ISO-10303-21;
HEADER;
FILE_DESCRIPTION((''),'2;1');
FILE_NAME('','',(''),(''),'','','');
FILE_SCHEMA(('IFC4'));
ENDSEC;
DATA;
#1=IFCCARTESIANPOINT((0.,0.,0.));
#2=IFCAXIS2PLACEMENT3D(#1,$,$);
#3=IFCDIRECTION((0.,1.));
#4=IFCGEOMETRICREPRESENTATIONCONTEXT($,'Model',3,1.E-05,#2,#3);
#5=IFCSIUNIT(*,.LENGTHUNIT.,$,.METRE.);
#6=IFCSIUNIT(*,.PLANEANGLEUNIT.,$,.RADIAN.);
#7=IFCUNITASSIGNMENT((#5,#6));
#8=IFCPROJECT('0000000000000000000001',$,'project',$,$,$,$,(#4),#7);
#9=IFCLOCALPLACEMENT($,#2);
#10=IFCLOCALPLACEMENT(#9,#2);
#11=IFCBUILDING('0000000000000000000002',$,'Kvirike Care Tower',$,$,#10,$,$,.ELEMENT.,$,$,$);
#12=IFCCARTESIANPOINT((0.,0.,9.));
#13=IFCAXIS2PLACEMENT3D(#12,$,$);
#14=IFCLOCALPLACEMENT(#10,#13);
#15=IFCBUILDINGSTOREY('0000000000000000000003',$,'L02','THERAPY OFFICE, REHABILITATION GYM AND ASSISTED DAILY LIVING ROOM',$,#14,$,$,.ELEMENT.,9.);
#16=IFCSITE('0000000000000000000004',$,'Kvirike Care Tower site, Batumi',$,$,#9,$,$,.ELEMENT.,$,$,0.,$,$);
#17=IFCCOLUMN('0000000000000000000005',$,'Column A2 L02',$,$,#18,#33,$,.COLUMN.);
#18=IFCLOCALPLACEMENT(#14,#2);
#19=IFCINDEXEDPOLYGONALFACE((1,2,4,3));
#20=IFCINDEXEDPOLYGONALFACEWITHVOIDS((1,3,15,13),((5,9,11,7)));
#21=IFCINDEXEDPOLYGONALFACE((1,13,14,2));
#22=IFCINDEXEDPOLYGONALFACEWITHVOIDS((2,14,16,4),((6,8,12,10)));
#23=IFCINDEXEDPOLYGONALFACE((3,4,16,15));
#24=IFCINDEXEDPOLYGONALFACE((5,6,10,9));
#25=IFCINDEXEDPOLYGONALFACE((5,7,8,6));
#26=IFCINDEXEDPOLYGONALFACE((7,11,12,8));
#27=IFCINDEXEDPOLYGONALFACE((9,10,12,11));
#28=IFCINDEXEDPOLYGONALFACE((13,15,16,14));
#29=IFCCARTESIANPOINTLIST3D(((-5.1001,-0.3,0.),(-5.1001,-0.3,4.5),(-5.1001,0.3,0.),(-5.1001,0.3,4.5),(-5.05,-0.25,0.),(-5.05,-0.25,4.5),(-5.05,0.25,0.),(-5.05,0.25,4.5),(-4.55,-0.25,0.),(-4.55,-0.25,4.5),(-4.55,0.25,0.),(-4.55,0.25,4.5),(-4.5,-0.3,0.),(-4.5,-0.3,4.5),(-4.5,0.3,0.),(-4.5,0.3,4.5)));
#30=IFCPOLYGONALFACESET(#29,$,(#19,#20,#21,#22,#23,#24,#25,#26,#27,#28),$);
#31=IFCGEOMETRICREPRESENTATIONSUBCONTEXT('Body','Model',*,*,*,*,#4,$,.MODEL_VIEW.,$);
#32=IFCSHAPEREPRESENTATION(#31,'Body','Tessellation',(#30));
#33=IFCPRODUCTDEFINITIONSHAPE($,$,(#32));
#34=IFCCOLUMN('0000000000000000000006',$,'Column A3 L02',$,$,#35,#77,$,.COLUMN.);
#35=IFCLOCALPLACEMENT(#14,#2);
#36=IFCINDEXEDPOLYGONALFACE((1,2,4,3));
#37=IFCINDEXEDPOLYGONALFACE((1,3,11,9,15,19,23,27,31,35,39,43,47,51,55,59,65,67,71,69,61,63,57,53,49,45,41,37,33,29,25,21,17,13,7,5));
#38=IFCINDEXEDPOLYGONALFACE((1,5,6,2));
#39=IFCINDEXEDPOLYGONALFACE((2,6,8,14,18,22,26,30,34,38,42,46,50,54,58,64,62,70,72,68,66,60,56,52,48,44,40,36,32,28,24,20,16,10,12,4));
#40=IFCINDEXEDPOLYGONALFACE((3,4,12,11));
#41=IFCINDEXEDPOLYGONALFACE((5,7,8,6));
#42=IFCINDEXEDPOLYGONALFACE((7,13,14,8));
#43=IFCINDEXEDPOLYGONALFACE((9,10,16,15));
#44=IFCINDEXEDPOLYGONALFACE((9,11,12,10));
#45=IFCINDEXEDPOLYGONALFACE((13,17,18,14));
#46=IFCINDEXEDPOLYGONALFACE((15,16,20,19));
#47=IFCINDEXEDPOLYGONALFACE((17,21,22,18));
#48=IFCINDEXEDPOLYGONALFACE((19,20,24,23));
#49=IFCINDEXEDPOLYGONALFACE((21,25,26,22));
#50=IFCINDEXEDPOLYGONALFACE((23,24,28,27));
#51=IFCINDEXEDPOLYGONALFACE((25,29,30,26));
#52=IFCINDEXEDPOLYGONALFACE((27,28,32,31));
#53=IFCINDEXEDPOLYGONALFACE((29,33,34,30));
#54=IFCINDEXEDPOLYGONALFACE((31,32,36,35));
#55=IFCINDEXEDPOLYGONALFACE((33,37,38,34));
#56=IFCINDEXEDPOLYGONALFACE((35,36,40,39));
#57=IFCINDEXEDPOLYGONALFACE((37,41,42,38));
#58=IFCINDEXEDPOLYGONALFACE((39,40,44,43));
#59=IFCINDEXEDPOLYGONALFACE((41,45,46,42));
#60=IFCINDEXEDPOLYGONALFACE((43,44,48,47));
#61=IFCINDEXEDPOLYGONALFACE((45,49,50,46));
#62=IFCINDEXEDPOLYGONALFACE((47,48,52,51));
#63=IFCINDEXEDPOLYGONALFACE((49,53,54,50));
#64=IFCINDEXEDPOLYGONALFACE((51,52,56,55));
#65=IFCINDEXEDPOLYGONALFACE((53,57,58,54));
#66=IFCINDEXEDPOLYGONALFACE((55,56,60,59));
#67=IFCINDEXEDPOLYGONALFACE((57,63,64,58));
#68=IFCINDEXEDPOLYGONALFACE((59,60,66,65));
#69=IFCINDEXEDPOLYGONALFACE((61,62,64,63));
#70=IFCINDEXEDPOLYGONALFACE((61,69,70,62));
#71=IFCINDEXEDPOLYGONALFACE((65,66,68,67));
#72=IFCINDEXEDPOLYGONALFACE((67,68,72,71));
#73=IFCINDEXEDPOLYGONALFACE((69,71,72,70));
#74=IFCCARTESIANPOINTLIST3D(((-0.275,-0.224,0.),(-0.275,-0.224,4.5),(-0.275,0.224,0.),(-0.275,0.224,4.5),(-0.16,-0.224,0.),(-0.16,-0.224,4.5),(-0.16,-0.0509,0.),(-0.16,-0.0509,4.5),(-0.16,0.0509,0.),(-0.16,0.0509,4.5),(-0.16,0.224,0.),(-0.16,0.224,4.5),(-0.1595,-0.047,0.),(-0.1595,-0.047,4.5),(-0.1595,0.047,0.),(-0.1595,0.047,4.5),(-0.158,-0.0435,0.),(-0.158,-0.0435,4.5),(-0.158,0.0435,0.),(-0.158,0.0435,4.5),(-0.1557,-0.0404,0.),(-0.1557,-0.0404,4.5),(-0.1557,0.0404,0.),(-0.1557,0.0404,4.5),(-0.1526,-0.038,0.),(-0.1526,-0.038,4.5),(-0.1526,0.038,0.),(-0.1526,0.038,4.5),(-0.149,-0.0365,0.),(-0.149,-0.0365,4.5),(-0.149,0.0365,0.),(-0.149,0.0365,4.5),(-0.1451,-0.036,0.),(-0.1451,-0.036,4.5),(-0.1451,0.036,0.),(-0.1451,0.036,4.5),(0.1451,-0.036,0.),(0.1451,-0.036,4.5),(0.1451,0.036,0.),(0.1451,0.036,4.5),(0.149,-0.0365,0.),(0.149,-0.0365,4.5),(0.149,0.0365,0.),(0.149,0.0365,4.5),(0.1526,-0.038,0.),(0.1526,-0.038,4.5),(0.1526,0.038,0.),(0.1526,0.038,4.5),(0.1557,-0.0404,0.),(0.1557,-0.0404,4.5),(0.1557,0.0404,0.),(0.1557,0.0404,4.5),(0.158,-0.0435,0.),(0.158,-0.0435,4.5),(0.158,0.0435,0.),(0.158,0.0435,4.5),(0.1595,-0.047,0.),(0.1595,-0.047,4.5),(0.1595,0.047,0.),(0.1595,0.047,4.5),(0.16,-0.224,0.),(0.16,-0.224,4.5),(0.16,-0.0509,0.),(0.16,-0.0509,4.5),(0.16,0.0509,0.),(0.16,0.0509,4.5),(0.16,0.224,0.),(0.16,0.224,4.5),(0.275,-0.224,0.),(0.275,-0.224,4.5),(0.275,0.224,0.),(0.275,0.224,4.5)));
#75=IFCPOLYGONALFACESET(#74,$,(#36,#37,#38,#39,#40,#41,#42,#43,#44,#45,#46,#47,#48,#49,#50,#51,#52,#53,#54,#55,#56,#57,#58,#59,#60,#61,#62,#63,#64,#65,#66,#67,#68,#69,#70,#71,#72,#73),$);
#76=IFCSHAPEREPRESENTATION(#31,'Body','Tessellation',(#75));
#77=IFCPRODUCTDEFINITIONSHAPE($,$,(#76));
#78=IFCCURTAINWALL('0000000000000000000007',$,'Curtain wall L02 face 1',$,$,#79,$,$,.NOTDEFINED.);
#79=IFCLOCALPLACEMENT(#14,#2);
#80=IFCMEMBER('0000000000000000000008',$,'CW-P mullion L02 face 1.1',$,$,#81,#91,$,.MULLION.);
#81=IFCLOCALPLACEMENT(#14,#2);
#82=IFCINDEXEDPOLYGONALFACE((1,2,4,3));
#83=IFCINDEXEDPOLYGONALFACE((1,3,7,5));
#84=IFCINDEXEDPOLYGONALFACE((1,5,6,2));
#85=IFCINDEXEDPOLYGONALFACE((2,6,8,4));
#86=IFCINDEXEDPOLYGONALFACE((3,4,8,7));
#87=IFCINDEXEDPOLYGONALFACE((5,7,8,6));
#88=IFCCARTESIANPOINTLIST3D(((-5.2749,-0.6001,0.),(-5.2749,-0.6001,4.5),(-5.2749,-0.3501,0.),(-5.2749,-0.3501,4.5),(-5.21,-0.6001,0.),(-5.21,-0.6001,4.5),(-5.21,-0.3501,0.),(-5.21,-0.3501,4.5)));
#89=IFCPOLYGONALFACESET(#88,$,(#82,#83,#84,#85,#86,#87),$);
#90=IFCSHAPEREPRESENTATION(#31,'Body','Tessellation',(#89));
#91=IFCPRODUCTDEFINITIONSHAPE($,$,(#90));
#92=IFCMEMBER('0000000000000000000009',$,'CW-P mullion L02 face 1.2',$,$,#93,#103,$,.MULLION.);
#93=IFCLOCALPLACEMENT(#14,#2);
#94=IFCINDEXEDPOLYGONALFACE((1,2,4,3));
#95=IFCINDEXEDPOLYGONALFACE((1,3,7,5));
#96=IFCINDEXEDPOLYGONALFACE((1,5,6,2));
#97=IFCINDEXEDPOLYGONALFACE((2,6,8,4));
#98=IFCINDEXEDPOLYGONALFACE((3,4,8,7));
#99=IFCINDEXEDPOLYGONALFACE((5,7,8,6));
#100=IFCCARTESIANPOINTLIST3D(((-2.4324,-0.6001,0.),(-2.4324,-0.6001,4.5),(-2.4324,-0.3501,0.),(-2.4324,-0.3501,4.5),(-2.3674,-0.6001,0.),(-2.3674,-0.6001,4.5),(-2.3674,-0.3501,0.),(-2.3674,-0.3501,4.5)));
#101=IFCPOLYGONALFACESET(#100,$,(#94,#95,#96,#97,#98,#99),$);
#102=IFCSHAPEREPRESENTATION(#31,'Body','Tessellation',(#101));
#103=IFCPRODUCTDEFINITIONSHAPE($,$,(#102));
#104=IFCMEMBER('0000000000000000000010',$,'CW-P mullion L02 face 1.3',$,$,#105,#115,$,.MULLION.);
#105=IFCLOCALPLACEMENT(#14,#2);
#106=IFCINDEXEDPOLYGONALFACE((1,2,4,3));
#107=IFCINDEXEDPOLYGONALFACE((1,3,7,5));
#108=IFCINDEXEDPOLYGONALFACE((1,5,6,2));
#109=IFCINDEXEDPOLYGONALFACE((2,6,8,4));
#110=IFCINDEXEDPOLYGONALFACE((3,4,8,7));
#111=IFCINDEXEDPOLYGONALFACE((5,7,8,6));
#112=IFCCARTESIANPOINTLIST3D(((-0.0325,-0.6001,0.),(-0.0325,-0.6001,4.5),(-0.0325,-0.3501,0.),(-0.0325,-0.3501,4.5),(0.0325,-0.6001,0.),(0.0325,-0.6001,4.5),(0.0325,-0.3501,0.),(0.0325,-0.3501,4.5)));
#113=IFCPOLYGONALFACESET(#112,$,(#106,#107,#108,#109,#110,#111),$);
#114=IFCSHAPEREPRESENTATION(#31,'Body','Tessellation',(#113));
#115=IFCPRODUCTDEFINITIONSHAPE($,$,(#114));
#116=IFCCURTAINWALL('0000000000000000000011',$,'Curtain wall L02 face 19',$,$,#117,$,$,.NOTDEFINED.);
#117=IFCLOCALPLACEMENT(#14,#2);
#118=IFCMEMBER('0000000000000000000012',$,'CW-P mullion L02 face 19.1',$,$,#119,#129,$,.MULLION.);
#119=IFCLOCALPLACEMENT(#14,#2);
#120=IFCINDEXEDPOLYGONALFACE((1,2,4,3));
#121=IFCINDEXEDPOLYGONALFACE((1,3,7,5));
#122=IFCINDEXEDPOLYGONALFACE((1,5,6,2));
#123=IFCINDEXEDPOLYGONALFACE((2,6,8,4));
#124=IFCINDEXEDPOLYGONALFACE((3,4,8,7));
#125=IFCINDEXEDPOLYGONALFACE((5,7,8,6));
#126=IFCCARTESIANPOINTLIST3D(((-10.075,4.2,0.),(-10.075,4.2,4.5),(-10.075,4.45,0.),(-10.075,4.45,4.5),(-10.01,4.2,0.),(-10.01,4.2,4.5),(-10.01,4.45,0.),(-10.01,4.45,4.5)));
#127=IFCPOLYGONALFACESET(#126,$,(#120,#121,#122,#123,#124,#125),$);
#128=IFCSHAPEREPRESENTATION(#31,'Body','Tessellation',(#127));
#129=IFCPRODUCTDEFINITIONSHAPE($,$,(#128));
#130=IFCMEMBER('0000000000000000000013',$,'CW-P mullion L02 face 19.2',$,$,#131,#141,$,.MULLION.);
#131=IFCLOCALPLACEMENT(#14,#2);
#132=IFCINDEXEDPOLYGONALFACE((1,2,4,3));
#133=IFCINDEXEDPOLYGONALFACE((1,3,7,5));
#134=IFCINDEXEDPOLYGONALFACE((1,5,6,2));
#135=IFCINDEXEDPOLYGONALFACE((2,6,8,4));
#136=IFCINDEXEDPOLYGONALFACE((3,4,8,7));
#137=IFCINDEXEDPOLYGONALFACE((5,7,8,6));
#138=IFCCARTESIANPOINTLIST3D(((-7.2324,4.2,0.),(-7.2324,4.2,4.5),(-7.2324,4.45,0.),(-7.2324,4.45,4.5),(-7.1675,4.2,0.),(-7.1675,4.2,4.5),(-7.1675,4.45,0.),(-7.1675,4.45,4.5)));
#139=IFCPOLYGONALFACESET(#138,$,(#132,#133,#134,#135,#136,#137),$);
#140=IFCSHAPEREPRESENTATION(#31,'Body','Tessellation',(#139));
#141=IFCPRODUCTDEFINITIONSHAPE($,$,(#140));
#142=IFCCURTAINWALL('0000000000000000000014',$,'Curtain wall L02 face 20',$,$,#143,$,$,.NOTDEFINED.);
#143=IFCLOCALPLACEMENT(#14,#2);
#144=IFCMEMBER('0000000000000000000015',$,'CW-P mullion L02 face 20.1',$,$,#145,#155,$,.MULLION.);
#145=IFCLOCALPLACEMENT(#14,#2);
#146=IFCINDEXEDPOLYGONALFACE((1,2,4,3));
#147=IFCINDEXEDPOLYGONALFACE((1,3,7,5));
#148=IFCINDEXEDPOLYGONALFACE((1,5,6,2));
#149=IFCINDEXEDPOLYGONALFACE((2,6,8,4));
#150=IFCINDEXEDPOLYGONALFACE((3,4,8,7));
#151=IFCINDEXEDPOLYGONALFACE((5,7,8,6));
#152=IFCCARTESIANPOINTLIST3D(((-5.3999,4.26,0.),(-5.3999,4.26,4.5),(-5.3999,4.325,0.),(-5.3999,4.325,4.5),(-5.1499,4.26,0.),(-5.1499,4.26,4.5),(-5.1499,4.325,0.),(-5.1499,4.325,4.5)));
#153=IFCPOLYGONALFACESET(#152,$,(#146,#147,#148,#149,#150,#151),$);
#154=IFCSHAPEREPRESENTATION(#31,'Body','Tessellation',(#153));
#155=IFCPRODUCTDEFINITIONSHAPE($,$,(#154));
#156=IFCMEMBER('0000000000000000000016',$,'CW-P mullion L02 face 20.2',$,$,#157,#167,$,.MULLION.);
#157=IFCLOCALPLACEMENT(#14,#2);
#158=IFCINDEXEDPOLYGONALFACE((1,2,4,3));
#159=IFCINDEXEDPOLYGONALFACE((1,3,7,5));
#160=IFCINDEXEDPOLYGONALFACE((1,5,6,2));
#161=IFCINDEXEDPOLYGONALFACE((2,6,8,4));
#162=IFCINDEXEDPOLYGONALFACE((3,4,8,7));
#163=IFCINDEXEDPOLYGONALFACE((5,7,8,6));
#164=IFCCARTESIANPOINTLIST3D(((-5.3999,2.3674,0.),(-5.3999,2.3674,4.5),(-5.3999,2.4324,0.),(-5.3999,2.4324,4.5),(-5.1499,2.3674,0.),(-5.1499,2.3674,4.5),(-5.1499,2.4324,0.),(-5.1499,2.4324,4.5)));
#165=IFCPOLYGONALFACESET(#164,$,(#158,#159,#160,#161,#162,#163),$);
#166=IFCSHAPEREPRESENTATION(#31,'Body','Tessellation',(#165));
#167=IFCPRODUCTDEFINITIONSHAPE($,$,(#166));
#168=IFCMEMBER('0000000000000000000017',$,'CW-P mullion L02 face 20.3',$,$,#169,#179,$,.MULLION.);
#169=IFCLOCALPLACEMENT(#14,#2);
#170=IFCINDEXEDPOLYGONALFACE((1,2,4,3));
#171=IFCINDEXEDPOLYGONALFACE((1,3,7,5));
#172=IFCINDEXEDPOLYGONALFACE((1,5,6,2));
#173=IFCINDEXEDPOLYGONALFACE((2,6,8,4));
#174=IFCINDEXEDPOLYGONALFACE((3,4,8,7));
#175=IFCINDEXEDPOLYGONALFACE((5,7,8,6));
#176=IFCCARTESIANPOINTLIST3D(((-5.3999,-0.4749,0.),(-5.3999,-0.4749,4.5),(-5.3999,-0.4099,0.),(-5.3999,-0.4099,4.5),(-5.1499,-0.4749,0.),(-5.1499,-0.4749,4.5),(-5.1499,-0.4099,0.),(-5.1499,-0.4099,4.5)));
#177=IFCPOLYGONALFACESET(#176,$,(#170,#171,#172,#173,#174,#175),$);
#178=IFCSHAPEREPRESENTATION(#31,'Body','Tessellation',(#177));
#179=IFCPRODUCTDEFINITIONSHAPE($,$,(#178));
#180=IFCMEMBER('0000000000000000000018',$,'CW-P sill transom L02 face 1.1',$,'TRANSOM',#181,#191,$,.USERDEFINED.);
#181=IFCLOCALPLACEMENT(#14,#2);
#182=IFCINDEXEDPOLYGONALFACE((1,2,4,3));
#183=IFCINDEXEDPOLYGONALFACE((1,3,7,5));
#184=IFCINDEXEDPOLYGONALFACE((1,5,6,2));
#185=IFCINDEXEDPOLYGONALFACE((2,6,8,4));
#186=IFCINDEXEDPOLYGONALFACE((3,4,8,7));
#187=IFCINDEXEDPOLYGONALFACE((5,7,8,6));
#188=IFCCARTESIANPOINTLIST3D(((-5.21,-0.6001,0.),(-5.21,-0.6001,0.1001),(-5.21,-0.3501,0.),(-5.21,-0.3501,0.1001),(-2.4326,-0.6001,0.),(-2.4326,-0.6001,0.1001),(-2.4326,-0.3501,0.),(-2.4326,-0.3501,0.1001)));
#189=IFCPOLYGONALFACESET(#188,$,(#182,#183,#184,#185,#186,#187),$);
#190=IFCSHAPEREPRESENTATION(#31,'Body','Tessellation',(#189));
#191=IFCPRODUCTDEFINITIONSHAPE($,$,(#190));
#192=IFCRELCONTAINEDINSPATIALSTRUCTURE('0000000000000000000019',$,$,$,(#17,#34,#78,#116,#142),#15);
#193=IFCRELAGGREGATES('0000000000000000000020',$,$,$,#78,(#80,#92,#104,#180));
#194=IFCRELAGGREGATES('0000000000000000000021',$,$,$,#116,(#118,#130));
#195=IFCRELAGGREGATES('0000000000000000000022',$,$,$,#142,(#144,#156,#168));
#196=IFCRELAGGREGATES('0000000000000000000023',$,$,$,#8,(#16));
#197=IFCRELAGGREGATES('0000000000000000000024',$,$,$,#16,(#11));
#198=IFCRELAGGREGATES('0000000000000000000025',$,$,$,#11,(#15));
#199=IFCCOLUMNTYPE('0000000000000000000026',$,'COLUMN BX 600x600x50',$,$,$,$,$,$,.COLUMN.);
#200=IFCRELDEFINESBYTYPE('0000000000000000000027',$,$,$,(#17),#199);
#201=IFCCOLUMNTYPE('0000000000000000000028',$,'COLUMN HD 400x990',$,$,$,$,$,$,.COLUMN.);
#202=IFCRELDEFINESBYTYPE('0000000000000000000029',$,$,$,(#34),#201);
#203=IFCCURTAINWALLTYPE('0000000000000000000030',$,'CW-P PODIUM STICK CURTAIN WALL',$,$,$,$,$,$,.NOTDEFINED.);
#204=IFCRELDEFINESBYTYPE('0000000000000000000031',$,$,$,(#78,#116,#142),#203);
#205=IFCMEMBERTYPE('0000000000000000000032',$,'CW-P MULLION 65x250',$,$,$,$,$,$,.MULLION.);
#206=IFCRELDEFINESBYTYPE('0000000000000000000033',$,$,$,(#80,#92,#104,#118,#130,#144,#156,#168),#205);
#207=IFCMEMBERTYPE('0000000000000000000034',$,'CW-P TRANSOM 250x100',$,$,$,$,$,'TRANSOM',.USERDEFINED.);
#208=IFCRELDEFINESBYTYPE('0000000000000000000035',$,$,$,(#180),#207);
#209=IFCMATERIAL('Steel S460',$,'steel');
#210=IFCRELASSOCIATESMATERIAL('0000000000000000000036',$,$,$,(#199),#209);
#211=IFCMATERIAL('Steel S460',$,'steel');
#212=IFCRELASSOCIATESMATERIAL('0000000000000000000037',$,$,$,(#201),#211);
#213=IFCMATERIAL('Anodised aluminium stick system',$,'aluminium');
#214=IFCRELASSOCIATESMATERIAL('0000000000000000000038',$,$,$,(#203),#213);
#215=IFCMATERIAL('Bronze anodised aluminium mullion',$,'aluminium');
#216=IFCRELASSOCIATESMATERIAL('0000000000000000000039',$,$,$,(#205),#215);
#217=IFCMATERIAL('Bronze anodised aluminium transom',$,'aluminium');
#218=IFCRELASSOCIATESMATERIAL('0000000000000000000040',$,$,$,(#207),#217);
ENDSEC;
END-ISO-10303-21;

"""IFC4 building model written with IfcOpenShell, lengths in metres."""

from ifc_helpers import new_model, si_unit, direction, frame, origin, origin_2d, place, context, subcontext, project, spatial, rectangle, hollow_rectangle, i_section, extrude, material, material_profile, profile_set, type_object, element, aggregate, save


model = new_model("IFC4")

# Units and contexts
model_context = context("Model", 3, precision=1e-05, world=origin(), true_north=direction((0.0, 1.0)))
body_context = subcontext(model_context, "Body", "Model", "MODEL_VIEW")
ifc_project = project(units=[si_unit("LENGTHUNIT", "METRE"), si_unit("PLANEANGLEUNIT", "RADIAN")], contexts=[model_context])

# Site, building, storey
site_placement = place(None, origin())
site = spatial("IfcSite", under=ifc_project, at=site_placement, Name="Kvirike Care Tower site, Batumi", CompositionType="ELEMENT", RefElevation=0.0)
building_placement = place(site_placement, origin())
building = spatial("IfcBuilding", under=site, at=building_placement, Name="Kvirike Care Tower", CompositionType="ELEMENT")
storey_placement = place(building_placement, frame((0.0, 0.0, 9.0)))
storey = spatial("IfcBuildingStorey", under=building, at=storey_placement, Name="L02", Description="THERAPY OFFICE, REHABILITATION GYM AND ASSISTED DAILY LIVING ROOM", CompositionType="ELEMENT", Elevation=9.0)

# Columns
ifc_material_1 = material(Name="Steel S460", Category="steel")
ifc_material_profile_1 = material_profile(ifc_material_1, hollow_rectangle(XDim=0.6001, YDim=0.6001, WallThickness=0.05, at=origin_2d()), Name="BX 600x600x50")
ifc_profile_set_1 = profile_set([ifc_material_profile_1], Name="Steel S460")
column_type_1 = type_object("IfcColumnType", Name="COLUMN BX 600x600x50", PredefinedType="COLUMN", material=ifc_profile_set_1)
column_1_placement = place(storey_placement, frame((-4.8, 0.0, 0.0), z_axis=(0.0, 0.0, 1.0), x_axis=(0.0, 1.0, 0.0)))
element("IfcColumn", 1, at=column_1_placement, inside=storey, type_object=column_type_1, Name="Column A2 L02", PredefinedType="COLUMN", context=body_context, shape_type="SweptSolid", body=[
    extrude(hollow_rectangle(XDim=0.6001, YDim=0.6001, WallThickness=0.05, at=origin_2d()), origin(), (0.0, 0.0, 1.0), 4.5),
])
ifc_material_2 = material(Name="Steel S460", Category="steel")
ifc_material_profile_2 = material_profile(ifc_material_2, i_section(OverallWidth=0.448, OverallDepth=0.55, WebThickness=0.072, FlangeThickness=0.115, FilletRadius=0.0149, at=origin_2d()), Name="HD 400x990")
ifc_profile_set_2 = profile_set([ifc_material_profile_2], Name="Steel S460")
column_type_2 = type_object("IfcColumnType", Name="COLUMN HD 400x990", PredefinedType="COLUMN", material=ifc_profile_set_2)
column_2_placement = place(storey_placement, frame((0.0, 0.0, 0.0), z_axis=(0.0, 0.0, 1.0), x_axis=(0.0, 1.0, 0.0)))
element("IfcColumn", 2, at=column_2_placement, inside=storey, type_object=column_type_2, Name="Column A3 L02", PredefinedType="COLUMN", context=body_context, shape_type="SweptSolid", body=[
    extrude(i_section(OverallWidth=0.448, OverallDepth=0.55, WebThickness=0.072, FlangeThickness=0.115, FilletRadius=0.0149, at=origin_2d()), origin(), (0.0, 0.0, 1.0), 4.5),
])

# Curtain walls, members
ifc_material_3 = material(Name="Anodised aluminium stick system", Category="aluminium")
curtain_wall_type = type_object("IfcCurtainWallType", Name="CW-P PODIUM STICK CURTAIN WALL", PredefinedType="NOTDEFINED", material=ifc_material_3)
curtain_wall_1_placement = place(storey_placement, origin())
curtain_wall_1 = element("IfcCurtainWall", 3, at=curtain_wall_1_placement, inside=storey, type_object=curtain_wall_type, Name="Curtain wall L02 face 1", PredefinedType="NOTDEFINED")
ifc_material_4 = material(Name="Bronze anodised aluminium mullion", Category="aluminium")
ifc_material_profile_3 = material_profile(ifc_material_4, rectangle(XDim=0.0649, YDim=0.25, at=origin_2d()), Name="CW-P MULLION 65x250")
ifc_profile_set_3 = profile_set([ifc_material_profile_3], Name="Bronze anodised aluminium mullion")
member_type_1 = type_object("IfcMemberType", Name="CW-P MULLION 65x250", PredefinedType="MULLION", material=ifc_profile_set_3)
member_1_placement = place(storey_placement, frame((-5.2424, -0.4751, 0.0), z_axis=(0.0, 0.0, 1.0), x_axis=(1.0, 0.0, 0.0)))
member_1 = element("IfcMember", 4, at=member_1_placement, type_object=member_type_1, Name="CW-P mullion L02 face 1.1", PredefinedType="MULLION", context=body_context, shape_type="SweptSolid", body=[
    extrude(rectangle(XDim=0.0649, YDim=0.25, at=origin_2d()), origin(), (0.0, 0.0, 1.0), 4.5),
])
member_2_placement = place(storey_placement, frame((-2.3999, -0.4751, 0.0), z_axis=(0.0, 0.0, 1.0), x_axis=(1.0, 0.0, 0.0)))
member_2 = element("IfcMember", 5, at=member_2_placement, type_object=member_type_1, Name="CW-P mullion L02 face 1.2", PredefinedType="MULLION", context=body_context, shape_type="SweptSolid", body=[
    extrude(rectangle(XDim=0.0649, YDim=0.25, at=origin_2d()), origin(), (0.0, 0.0, 1.0), 4.5),
])
member_3_placement = place(storey_placement, frame((0.0, -0.4751, 0.0), z_axis=(0.0, 0.0, 1.0), x_axis=(1.0, 0.0, 0.0)))
member_3 = element("IfcMember", 6, at=member_3_placement, type_object=member_type_1, Name="CW-P mullion L02 face 1.3", PredefinedType="MULLION", context=body_context, shape_type="SweptSolid", body=[
    extrude(rectangle(XDim=0.0649, YDim=0.25, at=origin_2d()), origin(), (0.0, 0.0, 1.0), 4.5),
])
curtain_wall_2_placement = place(storey_placement, origin())
curtain_wall_2 = element("IfcCurtainWall", 7, at=curtain_wall_2_placement, inside=storey, type_object=curtain_wall_type, Name="Curtain wall L02 face 19", PredefinedType="NOTDEFINED")
member_4_placement = place(storey_placement, frame((-10.0425, 4.325, 0.0), z_axis=(0.0, 0.0, 1.0), x_axis=(1.0, 0.0, 0.0)))
member_4 = element("IfcMember", 8, at=member_4_placement, type_object=member_type_1, Name="CW-P mullion L02 face 19.1", PredefinedType="MULLION", context=body_context, shape_type="SweptSolid", body=[
    extrude(rectangle(XDim=0.0649, YDim=0.25, at=origin_2d()), origin(), (0.0, 0.0, 1.0), 4.5),
])
member_5_placement = place(storey_placement, frame((-7.2, 4.325, 0.0), z_axis=(0.0, 0.0, 1.0), x_axis=(1.0, 0.0, 0.0)))
member_5 = element("IfcMember", 9, at=member_5_placement, type_object=member_type_1, Name="CW-P mullion L02 face 19.2", PredefinedType="MULLION", context=body_context, shape_type="SweptSolid", body=[
    extrude(rectangle(XDim=0.0649, YDim=0.25, at=origin_2d()), origin(), (0.0, 0.0, 1.0), 4.5),
])
curtain_wall_3_placement = place(storey_placement, origin())
curtain_wall_3 = element("IfcCurtainWall", 10, at=curtain_wall_3_placement, inside=storey, type_object=curtain_wall_type, Name="Curtain wall L02 face 20", PredefinedType="NOTDEFINED")
member_6_placement = place(storey_placement, frame((-5.2749, 4.2925, 0.0), z_axis=(0.0, 0.0, 1.0), x_axis=(0.0, -1.0, 0.0)))
member_6 = element("IfcMember", 11, at=member_6_placement, type_object=member_type_1, Name="CW-P mullion L02 face 20.1", PredefinedType="MULLION", context=body_context, shape_type="SweptSolid", body=[
    extrude(rectangle(XDim=0.0649, YDim=0.25, at=origin_2d()), origin(), (0.0, 0.0, 1.0), 4.5),
])
member_7_placement = place(storey_placement, frame((-5.2749, 2.3999, 0.0), z_axis=(0.0, 0.0, 1.0), x_axis=(0.0, -1.0, 0.0)))
member_7 = element("IfcMember", 12, at=member_7_placement, type_object=member_type_1, Name="CW-P mullion L02 face 20.2", PredefinedType="MULLION", context=body_context, shape_type="SweptSolid", body=[
    extrude(rectangle(XDim=0.0649, YDim=0.25, at=origin_2d()), origin(), (0.0, 0.0, 1.0), 4.5),
])
member_8_placement = place(storey_placement, frame((-5.2749, -0.4424, 0.0), z_axis=(0.0, 0.0, 1.0), x_axis=(0.0, -1.0, 0.0)))
member_8 = element("IfcMember", 13, at=member_8_placement, type_object=member_type_1, Name="CW-P mullion L02 face 20.3", PredefinedType="MULLION", context=body_context, shape_type="SweptSolid", body=[
    extrude(rectangle(XDim=0.0649, YDim=0.25, at=origin_2d()), origin(), (0.0, 0.0, 1.0), 4.5),
])

# Member
ifc_material_5 = material(Name="Bronze anodised aluminium transom", Category="aluminium")
ifc_material_profile_4 = material_profile(ifc_material_5, rectangle(XDim=0.25, YDim=0.1001, at=origin_2d()), Name="CW-P TRANSOM 250x100")
ifc_profile_set_4 = profile_set([ifc_material_profile_4], Name="Bronze anodised aluminium transom")
member_type_2 = type_object("IfcMemberType", Name="CW-P TRANSOM 250x100", ElementType="TRANSOM", PredefinedType="USERDEFINED", material=ifc_profile_set_4)
member_9_placement = place(storey_placement, frame((-5.21, -0.4751, 0.05), z_axis=(1.0, 0.0, 0.0), x_axis=(0.0, 1.0, 0.0)))
member_9 = element("IfcMember", 14, at=member_9_placement, type_object=member_type_2, Name="CW-P sill transom L02 face 1.1", ObjectType="TRANSOM", PredefinedType="USERDEFINED", context=body_context, shape_type="SweptSolid", body=[
    extrude(rectangle(XDim=0.25, YDim=0.1001, at=origin_2d()), origin(), (0.0, 0.0, 1.0), 2.7773),
])

aggregate(curtain_wall_1, [member_1, member_2, member_3, member_9])
aggregate(curtain_wall_2, [member_4, member_5])
aggregate(curtain_wall_3, [member_6, member_7, member_8])

save(model, "model.ifc")
